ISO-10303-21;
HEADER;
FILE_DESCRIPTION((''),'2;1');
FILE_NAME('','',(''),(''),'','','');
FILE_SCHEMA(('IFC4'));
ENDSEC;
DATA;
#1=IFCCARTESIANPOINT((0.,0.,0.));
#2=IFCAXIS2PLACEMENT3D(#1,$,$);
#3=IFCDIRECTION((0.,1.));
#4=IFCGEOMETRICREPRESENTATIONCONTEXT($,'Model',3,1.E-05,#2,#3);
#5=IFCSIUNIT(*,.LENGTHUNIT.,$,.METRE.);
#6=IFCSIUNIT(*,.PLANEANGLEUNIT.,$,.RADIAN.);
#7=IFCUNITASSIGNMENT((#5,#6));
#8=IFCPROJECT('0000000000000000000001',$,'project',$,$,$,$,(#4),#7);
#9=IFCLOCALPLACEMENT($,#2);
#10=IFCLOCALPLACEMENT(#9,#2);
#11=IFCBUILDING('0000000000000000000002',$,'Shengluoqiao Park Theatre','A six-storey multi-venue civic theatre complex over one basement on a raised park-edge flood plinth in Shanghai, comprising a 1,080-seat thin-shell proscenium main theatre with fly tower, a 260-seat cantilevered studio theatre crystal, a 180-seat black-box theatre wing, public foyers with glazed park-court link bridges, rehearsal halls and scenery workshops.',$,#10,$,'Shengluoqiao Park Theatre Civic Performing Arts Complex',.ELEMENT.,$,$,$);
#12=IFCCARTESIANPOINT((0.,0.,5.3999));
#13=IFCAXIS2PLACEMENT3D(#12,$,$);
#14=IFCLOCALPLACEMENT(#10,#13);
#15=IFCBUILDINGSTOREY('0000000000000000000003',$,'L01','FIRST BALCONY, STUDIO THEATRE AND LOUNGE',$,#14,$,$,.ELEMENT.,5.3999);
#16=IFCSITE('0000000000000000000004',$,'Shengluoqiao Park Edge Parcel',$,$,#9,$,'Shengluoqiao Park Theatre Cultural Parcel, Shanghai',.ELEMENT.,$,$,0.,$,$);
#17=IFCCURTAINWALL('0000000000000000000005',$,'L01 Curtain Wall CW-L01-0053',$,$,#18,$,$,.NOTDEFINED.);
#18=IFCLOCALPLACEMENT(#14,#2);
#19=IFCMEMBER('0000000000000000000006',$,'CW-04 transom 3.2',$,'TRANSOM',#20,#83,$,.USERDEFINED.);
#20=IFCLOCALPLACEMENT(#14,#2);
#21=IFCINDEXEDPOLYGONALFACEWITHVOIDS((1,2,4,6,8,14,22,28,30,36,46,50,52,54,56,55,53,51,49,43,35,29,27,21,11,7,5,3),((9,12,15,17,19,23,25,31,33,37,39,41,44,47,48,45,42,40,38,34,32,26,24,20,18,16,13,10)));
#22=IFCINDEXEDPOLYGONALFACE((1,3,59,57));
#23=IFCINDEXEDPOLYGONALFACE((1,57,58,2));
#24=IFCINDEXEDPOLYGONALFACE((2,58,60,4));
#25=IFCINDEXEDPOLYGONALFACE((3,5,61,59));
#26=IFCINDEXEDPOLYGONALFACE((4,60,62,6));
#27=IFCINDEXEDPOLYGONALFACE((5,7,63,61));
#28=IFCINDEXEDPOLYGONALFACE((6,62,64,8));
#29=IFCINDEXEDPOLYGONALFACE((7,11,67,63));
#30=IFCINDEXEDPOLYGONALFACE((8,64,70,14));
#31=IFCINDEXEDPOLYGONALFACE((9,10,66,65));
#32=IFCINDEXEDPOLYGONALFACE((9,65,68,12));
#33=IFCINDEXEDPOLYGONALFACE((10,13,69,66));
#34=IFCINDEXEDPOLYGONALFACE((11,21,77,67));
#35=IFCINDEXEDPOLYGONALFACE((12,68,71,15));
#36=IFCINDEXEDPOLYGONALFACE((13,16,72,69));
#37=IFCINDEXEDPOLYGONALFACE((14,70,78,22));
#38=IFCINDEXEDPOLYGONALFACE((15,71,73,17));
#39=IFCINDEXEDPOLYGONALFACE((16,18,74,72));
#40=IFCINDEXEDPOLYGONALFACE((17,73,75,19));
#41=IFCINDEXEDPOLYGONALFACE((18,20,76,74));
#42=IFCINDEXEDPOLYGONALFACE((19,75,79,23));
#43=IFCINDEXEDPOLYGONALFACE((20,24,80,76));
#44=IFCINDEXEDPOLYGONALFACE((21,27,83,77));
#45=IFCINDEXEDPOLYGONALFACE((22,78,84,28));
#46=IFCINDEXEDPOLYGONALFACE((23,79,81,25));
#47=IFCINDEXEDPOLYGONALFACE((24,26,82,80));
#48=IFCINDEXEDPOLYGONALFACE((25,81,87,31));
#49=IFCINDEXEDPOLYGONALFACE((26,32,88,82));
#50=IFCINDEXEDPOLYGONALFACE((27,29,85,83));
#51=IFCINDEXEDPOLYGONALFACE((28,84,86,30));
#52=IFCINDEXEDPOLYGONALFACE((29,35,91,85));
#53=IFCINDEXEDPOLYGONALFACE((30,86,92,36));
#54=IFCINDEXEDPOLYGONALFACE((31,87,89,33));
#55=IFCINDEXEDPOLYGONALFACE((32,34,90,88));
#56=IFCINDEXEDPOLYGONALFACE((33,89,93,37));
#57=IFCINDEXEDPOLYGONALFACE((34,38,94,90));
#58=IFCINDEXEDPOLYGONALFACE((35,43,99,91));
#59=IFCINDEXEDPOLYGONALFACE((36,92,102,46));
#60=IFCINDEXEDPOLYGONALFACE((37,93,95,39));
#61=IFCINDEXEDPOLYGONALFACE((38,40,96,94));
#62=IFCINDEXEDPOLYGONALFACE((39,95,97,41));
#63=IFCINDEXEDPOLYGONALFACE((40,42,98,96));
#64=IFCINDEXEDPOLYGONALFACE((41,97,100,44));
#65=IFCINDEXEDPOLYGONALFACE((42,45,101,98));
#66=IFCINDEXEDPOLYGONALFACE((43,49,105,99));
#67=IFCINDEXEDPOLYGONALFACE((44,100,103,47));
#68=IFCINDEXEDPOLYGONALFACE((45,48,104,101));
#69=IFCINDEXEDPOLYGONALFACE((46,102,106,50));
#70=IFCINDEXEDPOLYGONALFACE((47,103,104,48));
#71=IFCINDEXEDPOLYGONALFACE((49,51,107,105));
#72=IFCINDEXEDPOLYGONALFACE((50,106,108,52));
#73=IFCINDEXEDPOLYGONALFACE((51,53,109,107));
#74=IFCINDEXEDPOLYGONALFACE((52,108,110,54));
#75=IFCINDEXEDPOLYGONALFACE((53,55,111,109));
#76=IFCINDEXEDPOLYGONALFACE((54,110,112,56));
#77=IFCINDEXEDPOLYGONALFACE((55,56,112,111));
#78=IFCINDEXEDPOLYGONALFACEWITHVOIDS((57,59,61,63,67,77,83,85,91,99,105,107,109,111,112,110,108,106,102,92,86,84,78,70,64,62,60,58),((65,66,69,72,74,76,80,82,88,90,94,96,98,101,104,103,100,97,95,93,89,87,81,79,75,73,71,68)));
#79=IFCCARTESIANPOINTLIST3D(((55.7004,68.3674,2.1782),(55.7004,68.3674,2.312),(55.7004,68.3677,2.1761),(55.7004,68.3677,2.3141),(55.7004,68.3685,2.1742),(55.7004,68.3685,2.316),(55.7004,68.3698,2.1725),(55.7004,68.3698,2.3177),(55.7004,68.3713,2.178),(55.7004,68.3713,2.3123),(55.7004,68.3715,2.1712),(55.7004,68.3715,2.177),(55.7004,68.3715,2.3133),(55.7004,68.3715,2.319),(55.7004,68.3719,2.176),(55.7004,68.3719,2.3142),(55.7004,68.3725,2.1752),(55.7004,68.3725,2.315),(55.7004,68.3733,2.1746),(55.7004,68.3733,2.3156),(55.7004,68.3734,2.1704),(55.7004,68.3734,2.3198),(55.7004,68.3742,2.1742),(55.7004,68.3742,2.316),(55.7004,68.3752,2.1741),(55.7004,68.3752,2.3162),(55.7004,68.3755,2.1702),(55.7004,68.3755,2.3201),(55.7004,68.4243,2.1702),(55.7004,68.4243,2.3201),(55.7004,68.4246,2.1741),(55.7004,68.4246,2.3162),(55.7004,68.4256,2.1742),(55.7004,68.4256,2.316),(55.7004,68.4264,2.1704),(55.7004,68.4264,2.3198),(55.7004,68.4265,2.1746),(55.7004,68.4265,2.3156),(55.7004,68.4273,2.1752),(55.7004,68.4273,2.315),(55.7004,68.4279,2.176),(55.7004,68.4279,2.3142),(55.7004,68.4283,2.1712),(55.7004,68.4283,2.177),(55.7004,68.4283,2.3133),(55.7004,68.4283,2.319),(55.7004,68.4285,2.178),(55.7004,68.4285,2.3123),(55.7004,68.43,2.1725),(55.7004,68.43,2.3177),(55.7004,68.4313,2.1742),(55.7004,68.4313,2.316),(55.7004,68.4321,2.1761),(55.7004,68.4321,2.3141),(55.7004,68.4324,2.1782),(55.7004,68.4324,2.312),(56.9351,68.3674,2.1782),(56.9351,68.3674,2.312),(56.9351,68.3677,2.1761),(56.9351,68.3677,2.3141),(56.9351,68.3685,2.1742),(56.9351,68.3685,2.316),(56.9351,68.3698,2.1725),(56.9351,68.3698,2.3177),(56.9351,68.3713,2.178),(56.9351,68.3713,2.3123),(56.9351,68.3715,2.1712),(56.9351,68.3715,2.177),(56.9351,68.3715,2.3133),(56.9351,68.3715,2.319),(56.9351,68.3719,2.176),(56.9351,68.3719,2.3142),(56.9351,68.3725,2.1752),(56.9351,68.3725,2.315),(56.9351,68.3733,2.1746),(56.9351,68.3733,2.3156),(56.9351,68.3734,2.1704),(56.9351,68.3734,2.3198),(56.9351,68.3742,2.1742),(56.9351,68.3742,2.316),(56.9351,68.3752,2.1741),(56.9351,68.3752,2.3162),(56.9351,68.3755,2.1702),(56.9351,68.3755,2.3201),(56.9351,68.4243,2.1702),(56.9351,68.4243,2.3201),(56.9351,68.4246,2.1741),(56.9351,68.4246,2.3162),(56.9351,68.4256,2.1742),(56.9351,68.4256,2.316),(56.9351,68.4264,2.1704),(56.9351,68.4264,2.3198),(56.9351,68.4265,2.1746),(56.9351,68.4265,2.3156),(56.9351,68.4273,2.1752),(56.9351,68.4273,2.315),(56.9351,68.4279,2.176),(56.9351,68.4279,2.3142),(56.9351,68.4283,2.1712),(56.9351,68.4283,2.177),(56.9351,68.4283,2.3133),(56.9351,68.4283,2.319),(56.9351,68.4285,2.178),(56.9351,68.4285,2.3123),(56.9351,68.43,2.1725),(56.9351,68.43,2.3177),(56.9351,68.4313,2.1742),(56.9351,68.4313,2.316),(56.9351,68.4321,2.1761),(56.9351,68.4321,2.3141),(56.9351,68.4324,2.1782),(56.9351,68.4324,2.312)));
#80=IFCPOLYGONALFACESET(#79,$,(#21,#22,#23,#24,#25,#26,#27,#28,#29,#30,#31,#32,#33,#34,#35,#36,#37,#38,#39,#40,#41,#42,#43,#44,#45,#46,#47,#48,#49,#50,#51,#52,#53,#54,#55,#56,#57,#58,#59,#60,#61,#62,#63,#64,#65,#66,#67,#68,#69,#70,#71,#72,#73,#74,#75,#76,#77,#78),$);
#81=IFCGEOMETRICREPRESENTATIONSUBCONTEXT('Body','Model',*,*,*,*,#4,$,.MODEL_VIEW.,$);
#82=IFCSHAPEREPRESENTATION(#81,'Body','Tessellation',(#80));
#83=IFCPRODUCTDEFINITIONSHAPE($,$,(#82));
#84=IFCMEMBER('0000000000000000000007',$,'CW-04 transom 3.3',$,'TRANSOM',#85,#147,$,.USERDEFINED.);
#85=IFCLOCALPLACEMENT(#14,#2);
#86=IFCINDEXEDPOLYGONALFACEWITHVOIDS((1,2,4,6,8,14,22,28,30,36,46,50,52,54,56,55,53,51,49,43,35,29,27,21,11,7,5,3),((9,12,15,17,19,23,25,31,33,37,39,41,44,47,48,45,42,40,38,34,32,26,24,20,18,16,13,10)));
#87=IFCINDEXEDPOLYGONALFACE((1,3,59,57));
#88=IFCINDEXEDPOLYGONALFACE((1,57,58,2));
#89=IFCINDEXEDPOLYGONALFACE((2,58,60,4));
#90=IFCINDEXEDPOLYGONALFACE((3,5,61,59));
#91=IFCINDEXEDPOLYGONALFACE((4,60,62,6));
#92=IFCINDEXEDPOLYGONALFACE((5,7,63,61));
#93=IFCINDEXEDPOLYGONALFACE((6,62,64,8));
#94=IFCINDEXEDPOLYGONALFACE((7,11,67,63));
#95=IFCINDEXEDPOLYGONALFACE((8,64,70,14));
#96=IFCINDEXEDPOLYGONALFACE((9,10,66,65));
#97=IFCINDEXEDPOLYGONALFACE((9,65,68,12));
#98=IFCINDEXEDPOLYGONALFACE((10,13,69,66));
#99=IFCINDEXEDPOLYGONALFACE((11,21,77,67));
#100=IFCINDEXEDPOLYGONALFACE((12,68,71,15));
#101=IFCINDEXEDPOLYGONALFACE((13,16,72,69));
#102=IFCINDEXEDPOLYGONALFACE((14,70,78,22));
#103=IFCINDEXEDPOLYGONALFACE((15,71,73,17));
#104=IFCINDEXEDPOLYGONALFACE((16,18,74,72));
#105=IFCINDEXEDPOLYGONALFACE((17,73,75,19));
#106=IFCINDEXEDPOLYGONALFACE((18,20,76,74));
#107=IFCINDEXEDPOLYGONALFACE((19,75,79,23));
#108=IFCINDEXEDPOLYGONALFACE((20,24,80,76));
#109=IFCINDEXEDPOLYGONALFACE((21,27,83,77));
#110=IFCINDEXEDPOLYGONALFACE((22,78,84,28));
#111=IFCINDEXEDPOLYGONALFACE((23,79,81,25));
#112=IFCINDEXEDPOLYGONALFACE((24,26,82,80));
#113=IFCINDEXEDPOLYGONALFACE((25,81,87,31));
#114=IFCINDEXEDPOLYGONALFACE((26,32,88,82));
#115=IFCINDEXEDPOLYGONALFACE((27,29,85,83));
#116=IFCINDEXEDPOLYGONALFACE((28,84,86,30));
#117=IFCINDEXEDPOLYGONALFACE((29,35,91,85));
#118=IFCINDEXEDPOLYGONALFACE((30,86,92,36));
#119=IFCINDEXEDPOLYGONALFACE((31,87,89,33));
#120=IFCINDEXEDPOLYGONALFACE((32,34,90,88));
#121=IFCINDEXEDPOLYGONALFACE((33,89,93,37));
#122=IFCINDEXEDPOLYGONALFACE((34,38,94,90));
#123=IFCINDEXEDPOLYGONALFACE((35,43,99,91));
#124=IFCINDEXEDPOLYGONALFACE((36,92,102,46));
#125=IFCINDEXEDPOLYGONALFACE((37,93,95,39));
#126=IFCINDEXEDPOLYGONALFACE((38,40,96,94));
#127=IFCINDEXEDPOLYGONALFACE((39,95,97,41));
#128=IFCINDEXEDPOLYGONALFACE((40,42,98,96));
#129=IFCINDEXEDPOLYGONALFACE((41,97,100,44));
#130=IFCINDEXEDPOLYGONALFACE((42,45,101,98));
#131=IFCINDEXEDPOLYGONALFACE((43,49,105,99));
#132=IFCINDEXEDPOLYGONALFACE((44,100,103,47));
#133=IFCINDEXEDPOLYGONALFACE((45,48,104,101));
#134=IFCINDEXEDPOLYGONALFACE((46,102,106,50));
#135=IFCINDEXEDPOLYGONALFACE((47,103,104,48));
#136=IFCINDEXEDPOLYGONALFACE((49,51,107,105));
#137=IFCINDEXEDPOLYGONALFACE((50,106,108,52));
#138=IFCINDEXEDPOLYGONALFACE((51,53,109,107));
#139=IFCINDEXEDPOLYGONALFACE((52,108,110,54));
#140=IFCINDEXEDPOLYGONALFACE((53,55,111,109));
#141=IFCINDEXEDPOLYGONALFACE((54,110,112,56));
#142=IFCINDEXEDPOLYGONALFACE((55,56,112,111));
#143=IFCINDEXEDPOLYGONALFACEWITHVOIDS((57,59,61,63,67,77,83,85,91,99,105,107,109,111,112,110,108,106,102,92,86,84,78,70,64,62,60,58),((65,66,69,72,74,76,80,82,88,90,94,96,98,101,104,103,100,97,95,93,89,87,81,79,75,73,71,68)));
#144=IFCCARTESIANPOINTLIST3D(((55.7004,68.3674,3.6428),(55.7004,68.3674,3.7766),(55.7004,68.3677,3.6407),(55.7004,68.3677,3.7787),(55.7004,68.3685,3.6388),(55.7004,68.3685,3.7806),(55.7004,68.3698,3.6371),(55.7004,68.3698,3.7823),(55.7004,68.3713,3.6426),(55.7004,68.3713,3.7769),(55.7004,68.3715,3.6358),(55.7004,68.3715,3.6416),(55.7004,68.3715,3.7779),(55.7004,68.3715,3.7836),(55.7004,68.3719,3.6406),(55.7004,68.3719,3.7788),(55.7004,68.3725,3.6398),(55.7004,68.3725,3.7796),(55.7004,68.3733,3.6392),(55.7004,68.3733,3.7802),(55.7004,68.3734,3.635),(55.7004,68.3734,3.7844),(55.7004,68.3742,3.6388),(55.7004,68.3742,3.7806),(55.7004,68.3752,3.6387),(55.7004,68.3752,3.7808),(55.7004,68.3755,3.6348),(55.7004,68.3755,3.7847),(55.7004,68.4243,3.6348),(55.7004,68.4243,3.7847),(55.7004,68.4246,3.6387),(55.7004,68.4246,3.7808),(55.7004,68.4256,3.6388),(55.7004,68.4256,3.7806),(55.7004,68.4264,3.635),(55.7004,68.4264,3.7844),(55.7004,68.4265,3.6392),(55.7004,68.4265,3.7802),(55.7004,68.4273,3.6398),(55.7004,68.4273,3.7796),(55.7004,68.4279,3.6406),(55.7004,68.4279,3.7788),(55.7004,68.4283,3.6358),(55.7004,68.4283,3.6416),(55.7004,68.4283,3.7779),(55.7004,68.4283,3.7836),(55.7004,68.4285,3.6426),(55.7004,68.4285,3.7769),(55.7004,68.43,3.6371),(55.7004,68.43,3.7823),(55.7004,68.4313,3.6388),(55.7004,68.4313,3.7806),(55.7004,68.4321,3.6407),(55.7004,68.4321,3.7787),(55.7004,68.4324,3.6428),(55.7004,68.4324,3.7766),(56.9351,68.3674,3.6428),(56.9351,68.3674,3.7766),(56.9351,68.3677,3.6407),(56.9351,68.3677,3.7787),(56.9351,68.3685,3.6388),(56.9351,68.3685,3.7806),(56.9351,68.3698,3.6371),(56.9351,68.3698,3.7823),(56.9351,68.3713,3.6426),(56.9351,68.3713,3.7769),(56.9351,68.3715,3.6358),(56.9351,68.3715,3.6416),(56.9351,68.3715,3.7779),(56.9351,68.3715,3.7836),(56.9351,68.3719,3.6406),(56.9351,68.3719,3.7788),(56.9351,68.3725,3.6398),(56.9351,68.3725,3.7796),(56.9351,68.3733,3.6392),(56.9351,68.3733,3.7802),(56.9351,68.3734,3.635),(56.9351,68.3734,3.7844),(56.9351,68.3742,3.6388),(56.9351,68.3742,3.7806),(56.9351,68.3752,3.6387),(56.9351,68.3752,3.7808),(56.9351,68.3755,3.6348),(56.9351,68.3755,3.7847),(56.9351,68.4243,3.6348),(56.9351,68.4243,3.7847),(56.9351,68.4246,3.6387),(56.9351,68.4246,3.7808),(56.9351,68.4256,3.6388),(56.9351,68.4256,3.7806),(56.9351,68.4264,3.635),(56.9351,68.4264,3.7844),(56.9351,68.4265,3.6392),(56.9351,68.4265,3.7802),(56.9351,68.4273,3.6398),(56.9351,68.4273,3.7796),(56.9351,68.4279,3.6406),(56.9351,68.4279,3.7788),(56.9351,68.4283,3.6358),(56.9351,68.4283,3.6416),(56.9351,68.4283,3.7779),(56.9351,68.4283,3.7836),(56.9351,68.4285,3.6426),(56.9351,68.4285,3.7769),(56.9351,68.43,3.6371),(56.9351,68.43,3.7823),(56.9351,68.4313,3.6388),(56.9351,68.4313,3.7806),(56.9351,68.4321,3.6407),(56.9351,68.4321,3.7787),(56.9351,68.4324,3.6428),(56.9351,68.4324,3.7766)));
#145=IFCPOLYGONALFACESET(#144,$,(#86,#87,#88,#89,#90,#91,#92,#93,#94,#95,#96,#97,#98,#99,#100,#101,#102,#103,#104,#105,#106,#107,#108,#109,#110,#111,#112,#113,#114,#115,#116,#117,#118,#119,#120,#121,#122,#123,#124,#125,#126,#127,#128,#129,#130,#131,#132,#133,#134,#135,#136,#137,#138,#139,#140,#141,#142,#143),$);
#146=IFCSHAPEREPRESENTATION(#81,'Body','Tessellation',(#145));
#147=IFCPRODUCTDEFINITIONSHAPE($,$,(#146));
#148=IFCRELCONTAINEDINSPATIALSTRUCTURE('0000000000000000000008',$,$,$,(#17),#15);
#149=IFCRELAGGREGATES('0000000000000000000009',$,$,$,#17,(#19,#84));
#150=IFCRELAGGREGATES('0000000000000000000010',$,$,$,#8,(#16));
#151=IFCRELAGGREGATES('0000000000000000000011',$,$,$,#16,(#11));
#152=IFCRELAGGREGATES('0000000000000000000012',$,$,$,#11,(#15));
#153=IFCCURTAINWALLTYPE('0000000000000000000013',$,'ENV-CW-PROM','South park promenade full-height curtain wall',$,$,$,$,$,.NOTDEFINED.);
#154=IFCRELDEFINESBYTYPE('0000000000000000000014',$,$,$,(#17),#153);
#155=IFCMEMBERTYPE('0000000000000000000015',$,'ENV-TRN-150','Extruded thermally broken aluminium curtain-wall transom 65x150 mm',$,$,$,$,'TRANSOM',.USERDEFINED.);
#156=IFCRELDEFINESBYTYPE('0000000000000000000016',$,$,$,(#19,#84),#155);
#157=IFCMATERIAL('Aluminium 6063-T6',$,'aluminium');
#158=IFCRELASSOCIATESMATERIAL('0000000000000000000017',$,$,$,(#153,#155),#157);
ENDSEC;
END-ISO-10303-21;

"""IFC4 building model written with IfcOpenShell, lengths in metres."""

from ifc_helpers import new_model, si_unit, direction, frame, origin, origin_2d, place, context, subcontext, project, spatial, hollow_rectangle, extrude, material, material_profile, profile_set, type_object, element, aggregate, save


model = new_model("IFC4")

# Units and contexts
model_context = context("Model", 3, precision=1e-05, world=origin(), true_north=direction((0.0, 1.0)))
body_context = subcontext(model_context, "Body", "Model", "MODEL_VIEW")
ifc_project = project(units=[si_unit("LENGTHUNIT", "METRE"), si_unit("PLANEANGLEUNIT", "RADIAN")], contexts=[model_context])

# Site, building, storey
site_placement = place(None, origin())
site = spatial("IfcSite", under=ifc_project, at=site_placement, Name="Shengluoqiao Park Edge Parcel", LongName="Shengluoqiao Park Theatre Cultural Parcel, Shanghai", CompositionType="ELEMENT", RefElevation=0.0)
building_placement = place(site_placement, origin())
building = spatial("IfcBuilding", under=site, at=building_placement, Name="Shengluoqiao Park Theatre", Description="A six-storey multi-venue civic theatre complex over one basement on a raised park-edge flood plinth in Shanghai, comprising a 1,080-seat thin-shell proscenium main theatre with fly tower, a 260-seat cantilevered studio theatre crystal, a 180-seat black-box theatre wing, public foyers with glazed park-court link bridges, rehearsal halls and scenery workshops.", LongName="Shengluoqiao Park Theatre Civic Performing Arts Complex", CompositionType="ELEMENT")
storey_placement = place(building_placement, frame((0.0, 0.0, 5.3999)))
storey = spatial("IfcBuildingStorey", under=building, at=storey_placement, Name="L01", Description="FIRST BALCONY, STUDIO THEATRE AND LOUNGE", CompositionType="ELEMENT", Elevation=5.3999)

# Curtain wall
ifc_material_1 = material(Name="Aluminium 6063-T6", Category="aluminium")
curtain_wall_type = type_object("IfcCurtainWallType", Name="ENV-CW-PROM", Description="South park promenade full-height curtain wall", PredefinedType="NOTDEFINED", material=ifc_material_1)
curtain_wall_1_placement = place(storey_placement, origin())
curtain_wall_1 = element("IfcCurtainWall", 1, at=curtain_wall_1_placement, inside=storey, type_object=curtain_wall_type, Name="L01 Curtain Wall CW-L01-0053", PredefinedType="NOTDEFINED")

# Members
ifc_material_profile_1 = material_profile(ifc_material_1, hollow_rectangle(XDim=0.0649, YDim=0.1499, WallThickness=0.0039, InnerFilletRadius=0.0039, OuterFilletRadius=0.0081, at=origin_2d()), Name="ALU TRANSOM 150x65x4")
ifc_profile_set_1 = profile_set([ifc_material_profile_1], Name="Aluminium 6063-T6")
member_type_1 = type_object("IfcMemberType", Name="ENV-TRN-150", Description="Extruded thermally broken aluminium curtain-wall transom 65x150 mm", ElementType="TRANSOM", PredefinedType="USERDEFINED", material=ifc_profile_set_1)
member_1_placement = place(storey_placement, frame((55.7004, 68.3999, 2.2451), z_axis=(1.0, 0.0, 0.0), x_axis=(0.0, 1.0, 0.0)))
member_1 = element("IfcMember", 2, at=member_1_placement, type_object=member_type_1, Name="CW-04 transom 3.2", ObjectType="TRANSOM", PredefinedType="USERDEFINED", context=body_context, shape_type="SweptSolid", body=[
    extrude(hollow_rectangle(XDim=0.0649, YDim=0.1499, WallThickness=0.0039, InnerFilletRadius=0.0039, OuterFilletRadius=0.0081, at=origin_2d()), origin(), (0.0, 0.0, 1.0), 1.2346),
])
member_2_placement = place(storey_placement, frame((55.7004, 68.3999, 3.7097), z_axis=(1.0, 0.0, 0.0), x_axis=(0.0, 1.0, 0.0)))
member_2 = element("IfcMember", 3, at=member_2_placement, type_object=member_type_1, Name="CW-04 transom 3.3", ObjectType="TRANSOM", PredefinedType="USERDEFINED", context=body_context, shape_type="SweptSolid", body=[
    extrude(hollow_rectangle(XDim=0.0649, YDim=0.1499, WallThickness=0.0039, InnerFilletRadius=0.0039, OuterFilletRadius=0.0081, at=origin_2d()), origin(), (0.0, 0.0, 1.0), 1.2346),
])

aggregate(curtain_wall_1, [member_1, member_2])

save(model, "model.ifc")
